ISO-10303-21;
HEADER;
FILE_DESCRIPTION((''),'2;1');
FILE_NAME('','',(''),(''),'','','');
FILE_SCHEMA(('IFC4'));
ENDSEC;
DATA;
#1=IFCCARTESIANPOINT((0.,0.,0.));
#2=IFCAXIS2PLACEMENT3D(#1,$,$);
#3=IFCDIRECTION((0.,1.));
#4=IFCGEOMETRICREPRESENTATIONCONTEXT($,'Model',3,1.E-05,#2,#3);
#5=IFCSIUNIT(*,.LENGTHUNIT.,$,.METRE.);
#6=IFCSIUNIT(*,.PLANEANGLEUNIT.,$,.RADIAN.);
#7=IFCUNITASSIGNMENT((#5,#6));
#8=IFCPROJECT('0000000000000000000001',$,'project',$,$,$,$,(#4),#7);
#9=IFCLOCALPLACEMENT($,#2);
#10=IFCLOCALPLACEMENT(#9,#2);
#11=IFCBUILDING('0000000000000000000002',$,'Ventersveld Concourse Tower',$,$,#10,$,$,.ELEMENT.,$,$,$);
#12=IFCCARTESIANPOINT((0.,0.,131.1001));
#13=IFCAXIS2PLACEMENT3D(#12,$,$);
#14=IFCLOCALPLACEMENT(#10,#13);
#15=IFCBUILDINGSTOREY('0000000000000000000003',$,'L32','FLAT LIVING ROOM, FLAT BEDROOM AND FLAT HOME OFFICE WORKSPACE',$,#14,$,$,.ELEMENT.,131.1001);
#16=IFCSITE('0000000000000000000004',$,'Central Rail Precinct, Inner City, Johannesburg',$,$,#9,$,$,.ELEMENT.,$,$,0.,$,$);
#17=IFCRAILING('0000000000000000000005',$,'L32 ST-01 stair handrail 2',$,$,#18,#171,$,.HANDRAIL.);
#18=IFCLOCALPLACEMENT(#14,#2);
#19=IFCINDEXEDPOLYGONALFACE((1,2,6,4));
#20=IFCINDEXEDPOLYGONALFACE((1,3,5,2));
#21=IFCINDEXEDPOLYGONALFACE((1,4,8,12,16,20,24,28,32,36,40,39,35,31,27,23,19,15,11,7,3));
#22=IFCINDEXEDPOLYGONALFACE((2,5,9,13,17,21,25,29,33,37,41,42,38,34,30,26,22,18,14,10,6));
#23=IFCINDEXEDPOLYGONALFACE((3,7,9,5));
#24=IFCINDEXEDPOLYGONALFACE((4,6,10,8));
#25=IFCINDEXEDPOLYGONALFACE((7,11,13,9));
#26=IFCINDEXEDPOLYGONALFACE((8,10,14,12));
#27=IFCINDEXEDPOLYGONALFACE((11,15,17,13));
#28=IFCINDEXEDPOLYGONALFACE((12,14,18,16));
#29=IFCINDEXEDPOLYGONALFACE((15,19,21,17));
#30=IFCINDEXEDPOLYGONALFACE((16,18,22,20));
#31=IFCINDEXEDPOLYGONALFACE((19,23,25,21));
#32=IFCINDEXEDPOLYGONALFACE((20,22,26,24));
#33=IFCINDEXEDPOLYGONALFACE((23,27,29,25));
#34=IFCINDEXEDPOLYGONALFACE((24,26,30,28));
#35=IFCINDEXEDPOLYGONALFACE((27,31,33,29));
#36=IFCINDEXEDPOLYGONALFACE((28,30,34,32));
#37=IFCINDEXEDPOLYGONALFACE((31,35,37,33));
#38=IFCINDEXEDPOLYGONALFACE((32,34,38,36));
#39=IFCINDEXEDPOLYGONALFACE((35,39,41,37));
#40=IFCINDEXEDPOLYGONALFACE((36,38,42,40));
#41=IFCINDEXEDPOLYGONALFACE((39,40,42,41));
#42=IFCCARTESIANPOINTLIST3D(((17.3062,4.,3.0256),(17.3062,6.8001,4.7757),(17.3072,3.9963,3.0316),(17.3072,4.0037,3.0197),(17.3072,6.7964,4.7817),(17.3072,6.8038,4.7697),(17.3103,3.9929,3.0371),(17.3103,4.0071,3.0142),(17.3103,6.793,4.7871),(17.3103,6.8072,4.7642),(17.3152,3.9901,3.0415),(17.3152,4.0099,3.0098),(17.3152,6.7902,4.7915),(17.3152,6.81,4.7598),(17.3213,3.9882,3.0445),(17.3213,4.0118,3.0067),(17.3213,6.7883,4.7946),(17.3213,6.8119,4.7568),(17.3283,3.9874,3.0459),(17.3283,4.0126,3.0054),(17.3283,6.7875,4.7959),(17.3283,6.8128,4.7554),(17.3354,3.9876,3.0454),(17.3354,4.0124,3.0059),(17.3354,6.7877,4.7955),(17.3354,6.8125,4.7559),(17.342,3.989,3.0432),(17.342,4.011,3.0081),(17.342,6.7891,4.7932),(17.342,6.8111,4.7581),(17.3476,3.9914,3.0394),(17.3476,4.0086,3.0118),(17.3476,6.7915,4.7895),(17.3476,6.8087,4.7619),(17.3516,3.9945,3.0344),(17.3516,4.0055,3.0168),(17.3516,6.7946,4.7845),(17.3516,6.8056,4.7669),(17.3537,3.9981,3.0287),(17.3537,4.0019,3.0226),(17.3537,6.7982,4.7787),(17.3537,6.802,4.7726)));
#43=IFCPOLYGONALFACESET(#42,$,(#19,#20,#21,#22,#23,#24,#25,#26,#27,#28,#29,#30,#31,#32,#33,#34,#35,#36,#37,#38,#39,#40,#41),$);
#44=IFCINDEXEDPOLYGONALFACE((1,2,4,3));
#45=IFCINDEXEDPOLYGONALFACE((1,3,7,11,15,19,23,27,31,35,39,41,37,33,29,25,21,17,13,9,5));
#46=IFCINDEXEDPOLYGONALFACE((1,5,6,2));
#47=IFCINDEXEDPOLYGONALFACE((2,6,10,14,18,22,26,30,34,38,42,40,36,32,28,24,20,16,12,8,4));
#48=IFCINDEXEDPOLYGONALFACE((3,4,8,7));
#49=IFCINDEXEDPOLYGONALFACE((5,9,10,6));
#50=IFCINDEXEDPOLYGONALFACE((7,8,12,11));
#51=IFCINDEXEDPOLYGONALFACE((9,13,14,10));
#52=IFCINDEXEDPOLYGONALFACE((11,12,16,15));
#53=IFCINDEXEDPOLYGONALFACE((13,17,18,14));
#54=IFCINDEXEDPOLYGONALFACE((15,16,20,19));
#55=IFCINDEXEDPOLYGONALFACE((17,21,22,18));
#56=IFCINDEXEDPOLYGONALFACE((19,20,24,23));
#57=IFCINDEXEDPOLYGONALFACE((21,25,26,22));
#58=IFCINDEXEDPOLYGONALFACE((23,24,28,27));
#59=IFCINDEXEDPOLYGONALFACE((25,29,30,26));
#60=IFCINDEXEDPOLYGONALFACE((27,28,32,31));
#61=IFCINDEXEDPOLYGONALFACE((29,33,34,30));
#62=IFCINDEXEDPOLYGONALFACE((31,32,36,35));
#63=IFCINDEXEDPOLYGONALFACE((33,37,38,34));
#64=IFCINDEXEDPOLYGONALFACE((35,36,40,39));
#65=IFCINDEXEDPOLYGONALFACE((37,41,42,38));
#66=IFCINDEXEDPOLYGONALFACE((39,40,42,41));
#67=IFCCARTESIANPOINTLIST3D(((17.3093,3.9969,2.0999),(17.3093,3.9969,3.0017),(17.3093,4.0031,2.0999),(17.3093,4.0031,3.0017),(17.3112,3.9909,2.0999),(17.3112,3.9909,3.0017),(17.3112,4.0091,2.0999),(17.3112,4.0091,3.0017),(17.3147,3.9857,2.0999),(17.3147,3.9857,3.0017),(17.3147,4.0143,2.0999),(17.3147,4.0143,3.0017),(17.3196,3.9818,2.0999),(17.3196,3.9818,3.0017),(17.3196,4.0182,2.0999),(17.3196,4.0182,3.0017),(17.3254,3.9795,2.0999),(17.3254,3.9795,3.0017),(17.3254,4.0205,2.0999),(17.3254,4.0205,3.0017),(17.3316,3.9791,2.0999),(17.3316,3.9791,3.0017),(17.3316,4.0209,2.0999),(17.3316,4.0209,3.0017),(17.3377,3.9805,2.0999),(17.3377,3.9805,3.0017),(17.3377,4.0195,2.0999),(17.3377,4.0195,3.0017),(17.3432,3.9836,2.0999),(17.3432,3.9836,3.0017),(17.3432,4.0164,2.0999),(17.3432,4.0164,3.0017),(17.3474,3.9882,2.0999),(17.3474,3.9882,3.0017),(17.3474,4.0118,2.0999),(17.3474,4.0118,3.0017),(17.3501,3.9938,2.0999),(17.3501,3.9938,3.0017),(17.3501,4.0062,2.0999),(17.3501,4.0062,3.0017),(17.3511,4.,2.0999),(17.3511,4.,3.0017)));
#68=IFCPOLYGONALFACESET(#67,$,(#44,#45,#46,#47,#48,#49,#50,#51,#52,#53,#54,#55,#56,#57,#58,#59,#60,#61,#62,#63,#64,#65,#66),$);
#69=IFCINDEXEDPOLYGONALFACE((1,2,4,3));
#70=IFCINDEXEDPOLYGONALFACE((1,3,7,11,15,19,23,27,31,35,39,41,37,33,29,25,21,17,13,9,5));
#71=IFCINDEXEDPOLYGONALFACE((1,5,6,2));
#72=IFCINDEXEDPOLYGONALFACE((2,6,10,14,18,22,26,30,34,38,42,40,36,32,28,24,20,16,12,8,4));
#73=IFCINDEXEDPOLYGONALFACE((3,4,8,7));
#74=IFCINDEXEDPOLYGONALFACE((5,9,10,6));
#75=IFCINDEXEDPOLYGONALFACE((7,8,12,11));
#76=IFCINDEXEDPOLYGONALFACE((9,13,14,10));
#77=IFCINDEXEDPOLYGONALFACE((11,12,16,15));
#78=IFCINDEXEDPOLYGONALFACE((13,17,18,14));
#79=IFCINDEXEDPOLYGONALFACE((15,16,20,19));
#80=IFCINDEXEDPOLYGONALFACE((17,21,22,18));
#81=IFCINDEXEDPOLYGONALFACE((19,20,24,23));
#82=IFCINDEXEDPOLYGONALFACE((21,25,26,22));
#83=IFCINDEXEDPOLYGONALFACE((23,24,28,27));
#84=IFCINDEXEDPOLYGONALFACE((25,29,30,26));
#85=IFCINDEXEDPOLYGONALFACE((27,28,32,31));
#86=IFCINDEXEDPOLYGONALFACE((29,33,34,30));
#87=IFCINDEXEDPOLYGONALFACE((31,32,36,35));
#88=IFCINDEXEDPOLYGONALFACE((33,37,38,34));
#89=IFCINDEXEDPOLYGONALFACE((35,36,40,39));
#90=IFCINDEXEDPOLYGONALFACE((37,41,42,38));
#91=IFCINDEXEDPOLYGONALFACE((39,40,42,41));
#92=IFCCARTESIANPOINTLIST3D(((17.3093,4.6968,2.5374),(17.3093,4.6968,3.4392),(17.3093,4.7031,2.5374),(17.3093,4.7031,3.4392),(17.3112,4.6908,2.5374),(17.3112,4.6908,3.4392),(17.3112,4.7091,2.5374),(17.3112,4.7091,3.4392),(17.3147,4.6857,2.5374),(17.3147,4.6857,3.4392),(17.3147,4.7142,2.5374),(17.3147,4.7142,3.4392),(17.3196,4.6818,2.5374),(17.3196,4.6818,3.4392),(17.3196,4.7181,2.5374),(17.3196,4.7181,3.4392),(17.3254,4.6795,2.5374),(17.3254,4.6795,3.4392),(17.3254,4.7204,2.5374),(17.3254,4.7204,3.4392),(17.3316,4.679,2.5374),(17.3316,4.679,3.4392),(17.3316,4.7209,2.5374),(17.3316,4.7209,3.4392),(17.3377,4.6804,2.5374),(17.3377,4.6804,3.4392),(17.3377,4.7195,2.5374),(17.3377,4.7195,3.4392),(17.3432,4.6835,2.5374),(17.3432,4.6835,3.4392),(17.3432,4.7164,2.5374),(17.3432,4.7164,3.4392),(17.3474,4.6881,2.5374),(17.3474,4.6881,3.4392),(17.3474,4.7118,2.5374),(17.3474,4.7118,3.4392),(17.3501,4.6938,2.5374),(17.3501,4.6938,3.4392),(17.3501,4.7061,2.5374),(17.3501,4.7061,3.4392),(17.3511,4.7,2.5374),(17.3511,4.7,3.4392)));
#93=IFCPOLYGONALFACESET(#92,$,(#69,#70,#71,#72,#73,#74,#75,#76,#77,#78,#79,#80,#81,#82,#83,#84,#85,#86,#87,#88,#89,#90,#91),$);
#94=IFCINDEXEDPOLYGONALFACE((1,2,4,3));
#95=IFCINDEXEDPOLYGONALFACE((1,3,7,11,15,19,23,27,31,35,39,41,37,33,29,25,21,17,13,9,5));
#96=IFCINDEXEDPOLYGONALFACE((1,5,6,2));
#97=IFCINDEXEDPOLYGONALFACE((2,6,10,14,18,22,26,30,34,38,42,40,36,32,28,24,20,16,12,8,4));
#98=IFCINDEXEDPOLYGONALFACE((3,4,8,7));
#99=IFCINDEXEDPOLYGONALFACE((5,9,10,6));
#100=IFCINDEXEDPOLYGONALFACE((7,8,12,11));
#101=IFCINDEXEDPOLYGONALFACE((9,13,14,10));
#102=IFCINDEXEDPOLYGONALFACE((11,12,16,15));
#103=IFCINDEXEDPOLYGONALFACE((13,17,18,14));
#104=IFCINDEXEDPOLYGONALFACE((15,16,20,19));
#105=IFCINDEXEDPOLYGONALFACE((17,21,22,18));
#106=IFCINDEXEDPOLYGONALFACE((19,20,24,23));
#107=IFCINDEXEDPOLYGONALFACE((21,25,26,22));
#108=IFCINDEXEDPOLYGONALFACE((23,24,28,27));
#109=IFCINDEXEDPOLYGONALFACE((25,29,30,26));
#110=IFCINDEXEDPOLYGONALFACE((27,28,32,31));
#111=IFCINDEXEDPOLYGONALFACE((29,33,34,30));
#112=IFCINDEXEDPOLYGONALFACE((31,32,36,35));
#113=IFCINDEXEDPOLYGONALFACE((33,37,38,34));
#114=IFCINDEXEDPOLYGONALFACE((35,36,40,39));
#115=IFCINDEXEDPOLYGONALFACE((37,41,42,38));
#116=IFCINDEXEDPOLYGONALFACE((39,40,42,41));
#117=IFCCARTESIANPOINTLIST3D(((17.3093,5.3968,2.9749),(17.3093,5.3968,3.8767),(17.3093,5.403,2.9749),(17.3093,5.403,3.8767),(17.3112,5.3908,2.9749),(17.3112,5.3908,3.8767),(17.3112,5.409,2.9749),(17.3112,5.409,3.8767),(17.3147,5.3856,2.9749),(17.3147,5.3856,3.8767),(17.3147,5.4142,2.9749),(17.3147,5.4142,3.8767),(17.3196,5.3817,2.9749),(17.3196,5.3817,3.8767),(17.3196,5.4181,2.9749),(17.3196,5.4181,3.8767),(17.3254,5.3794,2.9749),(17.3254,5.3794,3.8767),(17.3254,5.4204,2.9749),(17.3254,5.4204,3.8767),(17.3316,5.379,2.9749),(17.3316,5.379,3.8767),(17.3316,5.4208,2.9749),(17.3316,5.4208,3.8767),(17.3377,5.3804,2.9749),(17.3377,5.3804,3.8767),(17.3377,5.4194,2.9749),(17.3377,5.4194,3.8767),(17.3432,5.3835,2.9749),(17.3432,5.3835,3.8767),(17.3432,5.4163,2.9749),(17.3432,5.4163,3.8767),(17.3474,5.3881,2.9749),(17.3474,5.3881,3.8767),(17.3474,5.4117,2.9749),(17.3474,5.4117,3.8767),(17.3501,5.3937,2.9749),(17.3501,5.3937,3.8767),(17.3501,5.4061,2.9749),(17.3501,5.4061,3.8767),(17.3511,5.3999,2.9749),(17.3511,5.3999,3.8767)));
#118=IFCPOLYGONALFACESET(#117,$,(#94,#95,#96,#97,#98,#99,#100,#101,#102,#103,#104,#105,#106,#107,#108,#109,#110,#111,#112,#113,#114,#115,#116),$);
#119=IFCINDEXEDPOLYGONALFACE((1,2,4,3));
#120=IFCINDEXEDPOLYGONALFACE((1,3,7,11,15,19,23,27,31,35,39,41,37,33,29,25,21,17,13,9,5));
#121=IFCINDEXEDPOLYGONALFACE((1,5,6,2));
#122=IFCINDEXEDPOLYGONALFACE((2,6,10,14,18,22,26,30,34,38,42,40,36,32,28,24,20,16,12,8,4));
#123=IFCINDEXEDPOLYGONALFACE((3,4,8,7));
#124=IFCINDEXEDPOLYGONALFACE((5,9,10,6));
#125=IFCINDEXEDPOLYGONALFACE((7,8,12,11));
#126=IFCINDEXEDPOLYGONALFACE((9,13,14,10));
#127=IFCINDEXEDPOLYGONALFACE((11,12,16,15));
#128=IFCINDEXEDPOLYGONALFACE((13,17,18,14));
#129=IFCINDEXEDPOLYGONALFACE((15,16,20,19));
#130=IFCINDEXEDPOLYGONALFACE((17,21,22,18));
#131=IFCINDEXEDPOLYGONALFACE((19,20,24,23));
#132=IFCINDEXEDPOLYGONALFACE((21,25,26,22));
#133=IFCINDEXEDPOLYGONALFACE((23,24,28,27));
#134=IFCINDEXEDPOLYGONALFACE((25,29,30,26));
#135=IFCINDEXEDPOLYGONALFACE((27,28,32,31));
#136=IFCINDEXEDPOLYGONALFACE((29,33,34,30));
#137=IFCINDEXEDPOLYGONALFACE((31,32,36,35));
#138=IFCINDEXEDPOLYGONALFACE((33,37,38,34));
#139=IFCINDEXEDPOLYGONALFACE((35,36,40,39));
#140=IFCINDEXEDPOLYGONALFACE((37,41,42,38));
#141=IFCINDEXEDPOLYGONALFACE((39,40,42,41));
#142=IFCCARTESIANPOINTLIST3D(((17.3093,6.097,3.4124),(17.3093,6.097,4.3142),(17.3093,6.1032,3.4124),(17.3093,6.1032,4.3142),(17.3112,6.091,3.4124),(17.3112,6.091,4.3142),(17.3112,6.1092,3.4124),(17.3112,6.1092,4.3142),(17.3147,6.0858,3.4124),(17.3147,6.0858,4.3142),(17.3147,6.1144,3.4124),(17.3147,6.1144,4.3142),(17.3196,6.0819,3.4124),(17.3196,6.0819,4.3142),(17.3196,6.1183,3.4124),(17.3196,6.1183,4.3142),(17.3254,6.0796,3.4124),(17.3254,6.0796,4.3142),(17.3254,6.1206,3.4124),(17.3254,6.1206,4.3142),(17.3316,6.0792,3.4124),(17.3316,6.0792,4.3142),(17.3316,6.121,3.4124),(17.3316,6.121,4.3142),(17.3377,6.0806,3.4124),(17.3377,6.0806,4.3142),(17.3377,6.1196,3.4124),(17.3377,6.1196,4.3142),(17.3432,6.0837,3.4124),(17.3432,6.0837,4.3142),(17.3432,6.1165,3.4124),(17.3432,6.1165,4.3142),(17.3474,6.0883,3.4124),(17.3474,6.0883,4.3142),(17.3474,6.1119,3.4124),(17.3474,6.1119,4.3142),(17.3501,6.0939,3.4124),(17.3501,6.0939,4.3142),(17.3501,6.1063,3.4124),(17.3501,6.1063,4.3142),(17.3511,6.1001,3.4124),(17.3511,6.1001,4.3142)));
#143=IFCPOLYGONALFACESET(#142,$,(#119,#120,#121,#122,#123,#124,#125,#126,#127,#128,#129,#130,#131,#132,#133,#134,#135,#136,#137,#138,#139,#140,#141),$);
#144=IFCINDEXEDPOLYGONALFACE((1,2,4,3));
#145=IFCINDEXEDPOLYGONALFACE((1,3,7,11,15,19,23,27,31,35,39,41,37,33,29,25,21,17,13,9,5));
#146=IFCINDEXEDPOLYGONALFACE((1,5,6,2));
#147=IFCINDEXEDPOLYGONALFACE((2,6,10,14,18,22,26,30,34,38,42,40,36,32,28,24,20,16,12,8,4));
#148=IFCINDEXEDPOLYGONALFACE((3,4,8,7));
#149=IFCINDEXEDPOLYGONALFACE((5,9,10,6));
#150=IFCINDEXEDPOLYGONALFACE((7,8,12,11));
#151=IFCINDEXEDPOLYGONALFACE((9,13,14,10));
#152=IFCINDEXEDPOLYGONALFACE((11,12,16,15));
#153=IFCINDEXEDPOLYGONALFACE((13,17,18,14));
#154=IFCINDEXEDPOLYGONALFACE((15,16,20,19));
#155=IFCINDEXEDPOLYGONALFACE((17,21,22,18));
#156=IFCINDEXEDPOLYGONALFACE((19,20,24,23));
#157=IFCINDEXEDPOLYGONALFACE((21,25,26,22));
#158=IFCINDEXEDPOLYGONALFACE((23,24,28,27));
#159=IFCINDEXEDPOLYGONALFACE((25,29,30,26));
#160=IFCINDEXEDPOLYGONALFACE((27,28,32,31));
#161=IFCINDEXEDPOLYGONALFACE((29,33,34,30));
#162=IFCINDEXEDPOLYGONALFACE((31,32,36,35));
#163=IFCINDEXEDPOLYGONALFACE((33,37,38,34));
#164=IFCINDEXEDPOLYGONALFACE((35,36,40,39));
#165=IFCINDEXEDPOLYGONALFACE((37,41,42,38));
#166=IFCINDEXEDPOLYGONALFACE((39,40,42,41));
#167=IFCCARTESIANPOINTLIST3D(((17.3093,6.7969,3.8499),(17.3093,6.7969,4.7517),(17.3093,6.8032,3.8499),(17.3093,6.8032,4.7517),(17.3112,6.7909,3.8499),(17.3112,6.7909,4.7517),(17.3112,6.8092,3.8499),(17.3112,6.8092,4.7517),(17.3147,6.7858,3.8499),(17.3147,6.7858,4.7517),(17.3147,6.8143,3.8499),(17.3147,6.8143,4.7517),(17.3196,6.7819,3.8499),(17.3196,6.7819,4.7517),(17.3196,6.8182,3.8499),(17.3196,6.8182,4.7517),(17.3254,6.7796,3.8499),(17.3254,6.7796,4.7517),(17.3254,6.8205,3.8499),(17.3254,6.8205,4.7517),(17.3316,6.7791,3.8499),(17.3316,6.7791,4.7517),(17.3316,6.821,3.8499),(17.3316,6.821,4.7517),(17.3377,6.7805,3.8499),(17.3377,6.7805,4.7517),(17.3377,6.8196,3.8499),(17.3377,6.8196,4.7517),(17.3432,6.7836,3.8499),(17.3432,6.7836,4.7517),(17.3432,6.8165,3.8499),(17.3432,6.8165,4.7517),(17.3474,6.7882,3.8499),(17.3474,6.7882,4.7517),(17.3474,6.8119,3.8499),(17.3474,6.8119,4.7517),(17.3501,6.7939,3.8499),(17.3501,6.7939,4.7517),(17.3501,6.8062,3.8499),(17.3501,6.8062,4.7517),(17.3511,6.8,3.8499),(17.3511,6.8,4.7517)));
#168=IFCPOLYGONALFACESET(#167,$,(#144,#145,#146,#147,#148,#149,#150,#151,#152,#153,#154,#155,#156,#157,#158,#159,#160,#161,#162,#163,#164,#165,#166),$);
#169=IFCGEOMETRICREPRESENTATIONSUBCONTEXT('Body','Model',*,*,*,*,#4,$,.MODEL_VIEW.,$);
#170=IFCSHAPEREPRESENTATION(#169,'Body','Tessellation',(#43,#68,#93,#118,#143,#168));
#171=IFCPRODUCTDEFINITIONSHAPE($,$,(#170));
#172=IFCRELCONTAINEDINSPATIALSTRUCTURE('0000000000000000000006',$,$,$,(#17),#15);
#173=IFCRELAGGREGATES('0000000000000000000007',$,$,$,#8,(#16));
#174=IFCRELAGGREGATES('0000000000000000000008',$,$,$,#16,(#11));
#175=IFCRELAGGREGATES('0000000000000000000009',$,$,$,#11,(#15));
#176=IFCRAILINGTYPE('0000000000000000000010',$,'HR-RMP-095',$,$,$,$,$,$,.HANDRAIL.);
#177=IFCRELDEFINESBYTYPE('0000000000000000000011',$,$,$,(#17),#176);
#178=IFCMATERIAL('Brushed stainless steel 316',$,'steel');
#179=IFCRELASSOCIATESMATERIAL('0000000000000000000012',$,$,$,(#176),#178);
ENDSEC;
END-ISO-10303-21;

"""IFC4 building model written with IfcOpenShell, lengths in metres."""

from ifc_helpers import new_model, si_unit, direction, frame, origin, origin_2d, place, context, subcontext, project, spatial, circle, extrude, material, type_object, element, save


model = new_model("IFC4")

# Units and contexts
model_context = context("Model", 3, precision=1e-05, world=origin(), true_north=direction((0.0, 1.0)))
body_context = subcontext(model_context, "Body", "Model", "MODEL_VIEW")
ifc_project = project(units=[si_unit("LENGTHUNIT", "METRE"), si_unit("PLANEANGLEUNIT", "RADIAN")], contexts=[model_context])

# Site, building, storey
site_placement = place(None, origin())
site = spatial("IfcSite", under=ifc_project, at=site_placement, Name="Central Rail Precinct, Inner City, Johannesburg", CompositionType="ELEMENT", RefElevation=0.0)
building_placement = place(site_placement, origin())
building = spatial("IfcBuilding", under=site, at=building_placement, Name="Ventersveld Concourse Tower", CompositionType="ELEMENT")
storey_placement = place(building_placement, frame((0.0, 0.0, 131.1001)))
storey = spatial("IfcBuildingStorey", under=building, at=storey_placement, Name="L32", Description="FLAT LIVING ROOM, FLAT BEDROOM AND FLAT HOME OFFICE WORKSPACE", CompositionType="ELEMENT", Elevation=131.1001)

# Shared definitions
ifc_material_1 = material(Name="Brushed stainless steel 316", Category="steel")

# Railing
railing_type_1 = type_object("IfcRailingType", Name="HR-RMP-095", PredefinedType="HANDRAIL", material=ifc_material_1)
railing_1_placement = place(storey_placement, frame((17.3301, 4.0, 2.0999)))
element("IfcRailing", 1, at=railing_1_placement, inside=storey, type_object=railing_type_1, Name="L32 ST-01 stair handrail 2", PredefinedType="HANDRAIL", context=body_context, shape_type="SweptSolid", body=[
    extrude(circle(Radius=0.0239, at=origin_2d()), frame((0.0, 0.0, 0.9258), z_axis=(0.0, 0.848002, 0.529992), x_axis=(-1.0, 0.0, 0.0)), (0.0, 0.0, 1.0), 3.302),
    extrude(circle(Radius=0.021, at=origin_2d()), origin(), (0.0, 0.0, 1.0), 0.9019),
    extrude(circle(Radius=0.021, at=origin_2d()), frame((0.0, 0.7, 0.4375)), (0.0, 0.0, 1.0), 0.9019),
    extrude(circle(Radius=0.021, at=origin_2d()), frame((0.0, 1.3999, 0.875)), (0.0, 0.0, 1.0), 0.9019),
    extrude(circle(Radius=0.021, at=origin_2d()), frame((0.0, 2.1001, 1.3125)), (0.0, 0.0, 1.0), 0.9019),
    extrude(circle(Radius=0.021, at=origin_2d()), frame((0.0, 2.8, 1.75)), (0.0, 0.0, 1.0), 0.9019),
])

save(model, "model.ifc")
